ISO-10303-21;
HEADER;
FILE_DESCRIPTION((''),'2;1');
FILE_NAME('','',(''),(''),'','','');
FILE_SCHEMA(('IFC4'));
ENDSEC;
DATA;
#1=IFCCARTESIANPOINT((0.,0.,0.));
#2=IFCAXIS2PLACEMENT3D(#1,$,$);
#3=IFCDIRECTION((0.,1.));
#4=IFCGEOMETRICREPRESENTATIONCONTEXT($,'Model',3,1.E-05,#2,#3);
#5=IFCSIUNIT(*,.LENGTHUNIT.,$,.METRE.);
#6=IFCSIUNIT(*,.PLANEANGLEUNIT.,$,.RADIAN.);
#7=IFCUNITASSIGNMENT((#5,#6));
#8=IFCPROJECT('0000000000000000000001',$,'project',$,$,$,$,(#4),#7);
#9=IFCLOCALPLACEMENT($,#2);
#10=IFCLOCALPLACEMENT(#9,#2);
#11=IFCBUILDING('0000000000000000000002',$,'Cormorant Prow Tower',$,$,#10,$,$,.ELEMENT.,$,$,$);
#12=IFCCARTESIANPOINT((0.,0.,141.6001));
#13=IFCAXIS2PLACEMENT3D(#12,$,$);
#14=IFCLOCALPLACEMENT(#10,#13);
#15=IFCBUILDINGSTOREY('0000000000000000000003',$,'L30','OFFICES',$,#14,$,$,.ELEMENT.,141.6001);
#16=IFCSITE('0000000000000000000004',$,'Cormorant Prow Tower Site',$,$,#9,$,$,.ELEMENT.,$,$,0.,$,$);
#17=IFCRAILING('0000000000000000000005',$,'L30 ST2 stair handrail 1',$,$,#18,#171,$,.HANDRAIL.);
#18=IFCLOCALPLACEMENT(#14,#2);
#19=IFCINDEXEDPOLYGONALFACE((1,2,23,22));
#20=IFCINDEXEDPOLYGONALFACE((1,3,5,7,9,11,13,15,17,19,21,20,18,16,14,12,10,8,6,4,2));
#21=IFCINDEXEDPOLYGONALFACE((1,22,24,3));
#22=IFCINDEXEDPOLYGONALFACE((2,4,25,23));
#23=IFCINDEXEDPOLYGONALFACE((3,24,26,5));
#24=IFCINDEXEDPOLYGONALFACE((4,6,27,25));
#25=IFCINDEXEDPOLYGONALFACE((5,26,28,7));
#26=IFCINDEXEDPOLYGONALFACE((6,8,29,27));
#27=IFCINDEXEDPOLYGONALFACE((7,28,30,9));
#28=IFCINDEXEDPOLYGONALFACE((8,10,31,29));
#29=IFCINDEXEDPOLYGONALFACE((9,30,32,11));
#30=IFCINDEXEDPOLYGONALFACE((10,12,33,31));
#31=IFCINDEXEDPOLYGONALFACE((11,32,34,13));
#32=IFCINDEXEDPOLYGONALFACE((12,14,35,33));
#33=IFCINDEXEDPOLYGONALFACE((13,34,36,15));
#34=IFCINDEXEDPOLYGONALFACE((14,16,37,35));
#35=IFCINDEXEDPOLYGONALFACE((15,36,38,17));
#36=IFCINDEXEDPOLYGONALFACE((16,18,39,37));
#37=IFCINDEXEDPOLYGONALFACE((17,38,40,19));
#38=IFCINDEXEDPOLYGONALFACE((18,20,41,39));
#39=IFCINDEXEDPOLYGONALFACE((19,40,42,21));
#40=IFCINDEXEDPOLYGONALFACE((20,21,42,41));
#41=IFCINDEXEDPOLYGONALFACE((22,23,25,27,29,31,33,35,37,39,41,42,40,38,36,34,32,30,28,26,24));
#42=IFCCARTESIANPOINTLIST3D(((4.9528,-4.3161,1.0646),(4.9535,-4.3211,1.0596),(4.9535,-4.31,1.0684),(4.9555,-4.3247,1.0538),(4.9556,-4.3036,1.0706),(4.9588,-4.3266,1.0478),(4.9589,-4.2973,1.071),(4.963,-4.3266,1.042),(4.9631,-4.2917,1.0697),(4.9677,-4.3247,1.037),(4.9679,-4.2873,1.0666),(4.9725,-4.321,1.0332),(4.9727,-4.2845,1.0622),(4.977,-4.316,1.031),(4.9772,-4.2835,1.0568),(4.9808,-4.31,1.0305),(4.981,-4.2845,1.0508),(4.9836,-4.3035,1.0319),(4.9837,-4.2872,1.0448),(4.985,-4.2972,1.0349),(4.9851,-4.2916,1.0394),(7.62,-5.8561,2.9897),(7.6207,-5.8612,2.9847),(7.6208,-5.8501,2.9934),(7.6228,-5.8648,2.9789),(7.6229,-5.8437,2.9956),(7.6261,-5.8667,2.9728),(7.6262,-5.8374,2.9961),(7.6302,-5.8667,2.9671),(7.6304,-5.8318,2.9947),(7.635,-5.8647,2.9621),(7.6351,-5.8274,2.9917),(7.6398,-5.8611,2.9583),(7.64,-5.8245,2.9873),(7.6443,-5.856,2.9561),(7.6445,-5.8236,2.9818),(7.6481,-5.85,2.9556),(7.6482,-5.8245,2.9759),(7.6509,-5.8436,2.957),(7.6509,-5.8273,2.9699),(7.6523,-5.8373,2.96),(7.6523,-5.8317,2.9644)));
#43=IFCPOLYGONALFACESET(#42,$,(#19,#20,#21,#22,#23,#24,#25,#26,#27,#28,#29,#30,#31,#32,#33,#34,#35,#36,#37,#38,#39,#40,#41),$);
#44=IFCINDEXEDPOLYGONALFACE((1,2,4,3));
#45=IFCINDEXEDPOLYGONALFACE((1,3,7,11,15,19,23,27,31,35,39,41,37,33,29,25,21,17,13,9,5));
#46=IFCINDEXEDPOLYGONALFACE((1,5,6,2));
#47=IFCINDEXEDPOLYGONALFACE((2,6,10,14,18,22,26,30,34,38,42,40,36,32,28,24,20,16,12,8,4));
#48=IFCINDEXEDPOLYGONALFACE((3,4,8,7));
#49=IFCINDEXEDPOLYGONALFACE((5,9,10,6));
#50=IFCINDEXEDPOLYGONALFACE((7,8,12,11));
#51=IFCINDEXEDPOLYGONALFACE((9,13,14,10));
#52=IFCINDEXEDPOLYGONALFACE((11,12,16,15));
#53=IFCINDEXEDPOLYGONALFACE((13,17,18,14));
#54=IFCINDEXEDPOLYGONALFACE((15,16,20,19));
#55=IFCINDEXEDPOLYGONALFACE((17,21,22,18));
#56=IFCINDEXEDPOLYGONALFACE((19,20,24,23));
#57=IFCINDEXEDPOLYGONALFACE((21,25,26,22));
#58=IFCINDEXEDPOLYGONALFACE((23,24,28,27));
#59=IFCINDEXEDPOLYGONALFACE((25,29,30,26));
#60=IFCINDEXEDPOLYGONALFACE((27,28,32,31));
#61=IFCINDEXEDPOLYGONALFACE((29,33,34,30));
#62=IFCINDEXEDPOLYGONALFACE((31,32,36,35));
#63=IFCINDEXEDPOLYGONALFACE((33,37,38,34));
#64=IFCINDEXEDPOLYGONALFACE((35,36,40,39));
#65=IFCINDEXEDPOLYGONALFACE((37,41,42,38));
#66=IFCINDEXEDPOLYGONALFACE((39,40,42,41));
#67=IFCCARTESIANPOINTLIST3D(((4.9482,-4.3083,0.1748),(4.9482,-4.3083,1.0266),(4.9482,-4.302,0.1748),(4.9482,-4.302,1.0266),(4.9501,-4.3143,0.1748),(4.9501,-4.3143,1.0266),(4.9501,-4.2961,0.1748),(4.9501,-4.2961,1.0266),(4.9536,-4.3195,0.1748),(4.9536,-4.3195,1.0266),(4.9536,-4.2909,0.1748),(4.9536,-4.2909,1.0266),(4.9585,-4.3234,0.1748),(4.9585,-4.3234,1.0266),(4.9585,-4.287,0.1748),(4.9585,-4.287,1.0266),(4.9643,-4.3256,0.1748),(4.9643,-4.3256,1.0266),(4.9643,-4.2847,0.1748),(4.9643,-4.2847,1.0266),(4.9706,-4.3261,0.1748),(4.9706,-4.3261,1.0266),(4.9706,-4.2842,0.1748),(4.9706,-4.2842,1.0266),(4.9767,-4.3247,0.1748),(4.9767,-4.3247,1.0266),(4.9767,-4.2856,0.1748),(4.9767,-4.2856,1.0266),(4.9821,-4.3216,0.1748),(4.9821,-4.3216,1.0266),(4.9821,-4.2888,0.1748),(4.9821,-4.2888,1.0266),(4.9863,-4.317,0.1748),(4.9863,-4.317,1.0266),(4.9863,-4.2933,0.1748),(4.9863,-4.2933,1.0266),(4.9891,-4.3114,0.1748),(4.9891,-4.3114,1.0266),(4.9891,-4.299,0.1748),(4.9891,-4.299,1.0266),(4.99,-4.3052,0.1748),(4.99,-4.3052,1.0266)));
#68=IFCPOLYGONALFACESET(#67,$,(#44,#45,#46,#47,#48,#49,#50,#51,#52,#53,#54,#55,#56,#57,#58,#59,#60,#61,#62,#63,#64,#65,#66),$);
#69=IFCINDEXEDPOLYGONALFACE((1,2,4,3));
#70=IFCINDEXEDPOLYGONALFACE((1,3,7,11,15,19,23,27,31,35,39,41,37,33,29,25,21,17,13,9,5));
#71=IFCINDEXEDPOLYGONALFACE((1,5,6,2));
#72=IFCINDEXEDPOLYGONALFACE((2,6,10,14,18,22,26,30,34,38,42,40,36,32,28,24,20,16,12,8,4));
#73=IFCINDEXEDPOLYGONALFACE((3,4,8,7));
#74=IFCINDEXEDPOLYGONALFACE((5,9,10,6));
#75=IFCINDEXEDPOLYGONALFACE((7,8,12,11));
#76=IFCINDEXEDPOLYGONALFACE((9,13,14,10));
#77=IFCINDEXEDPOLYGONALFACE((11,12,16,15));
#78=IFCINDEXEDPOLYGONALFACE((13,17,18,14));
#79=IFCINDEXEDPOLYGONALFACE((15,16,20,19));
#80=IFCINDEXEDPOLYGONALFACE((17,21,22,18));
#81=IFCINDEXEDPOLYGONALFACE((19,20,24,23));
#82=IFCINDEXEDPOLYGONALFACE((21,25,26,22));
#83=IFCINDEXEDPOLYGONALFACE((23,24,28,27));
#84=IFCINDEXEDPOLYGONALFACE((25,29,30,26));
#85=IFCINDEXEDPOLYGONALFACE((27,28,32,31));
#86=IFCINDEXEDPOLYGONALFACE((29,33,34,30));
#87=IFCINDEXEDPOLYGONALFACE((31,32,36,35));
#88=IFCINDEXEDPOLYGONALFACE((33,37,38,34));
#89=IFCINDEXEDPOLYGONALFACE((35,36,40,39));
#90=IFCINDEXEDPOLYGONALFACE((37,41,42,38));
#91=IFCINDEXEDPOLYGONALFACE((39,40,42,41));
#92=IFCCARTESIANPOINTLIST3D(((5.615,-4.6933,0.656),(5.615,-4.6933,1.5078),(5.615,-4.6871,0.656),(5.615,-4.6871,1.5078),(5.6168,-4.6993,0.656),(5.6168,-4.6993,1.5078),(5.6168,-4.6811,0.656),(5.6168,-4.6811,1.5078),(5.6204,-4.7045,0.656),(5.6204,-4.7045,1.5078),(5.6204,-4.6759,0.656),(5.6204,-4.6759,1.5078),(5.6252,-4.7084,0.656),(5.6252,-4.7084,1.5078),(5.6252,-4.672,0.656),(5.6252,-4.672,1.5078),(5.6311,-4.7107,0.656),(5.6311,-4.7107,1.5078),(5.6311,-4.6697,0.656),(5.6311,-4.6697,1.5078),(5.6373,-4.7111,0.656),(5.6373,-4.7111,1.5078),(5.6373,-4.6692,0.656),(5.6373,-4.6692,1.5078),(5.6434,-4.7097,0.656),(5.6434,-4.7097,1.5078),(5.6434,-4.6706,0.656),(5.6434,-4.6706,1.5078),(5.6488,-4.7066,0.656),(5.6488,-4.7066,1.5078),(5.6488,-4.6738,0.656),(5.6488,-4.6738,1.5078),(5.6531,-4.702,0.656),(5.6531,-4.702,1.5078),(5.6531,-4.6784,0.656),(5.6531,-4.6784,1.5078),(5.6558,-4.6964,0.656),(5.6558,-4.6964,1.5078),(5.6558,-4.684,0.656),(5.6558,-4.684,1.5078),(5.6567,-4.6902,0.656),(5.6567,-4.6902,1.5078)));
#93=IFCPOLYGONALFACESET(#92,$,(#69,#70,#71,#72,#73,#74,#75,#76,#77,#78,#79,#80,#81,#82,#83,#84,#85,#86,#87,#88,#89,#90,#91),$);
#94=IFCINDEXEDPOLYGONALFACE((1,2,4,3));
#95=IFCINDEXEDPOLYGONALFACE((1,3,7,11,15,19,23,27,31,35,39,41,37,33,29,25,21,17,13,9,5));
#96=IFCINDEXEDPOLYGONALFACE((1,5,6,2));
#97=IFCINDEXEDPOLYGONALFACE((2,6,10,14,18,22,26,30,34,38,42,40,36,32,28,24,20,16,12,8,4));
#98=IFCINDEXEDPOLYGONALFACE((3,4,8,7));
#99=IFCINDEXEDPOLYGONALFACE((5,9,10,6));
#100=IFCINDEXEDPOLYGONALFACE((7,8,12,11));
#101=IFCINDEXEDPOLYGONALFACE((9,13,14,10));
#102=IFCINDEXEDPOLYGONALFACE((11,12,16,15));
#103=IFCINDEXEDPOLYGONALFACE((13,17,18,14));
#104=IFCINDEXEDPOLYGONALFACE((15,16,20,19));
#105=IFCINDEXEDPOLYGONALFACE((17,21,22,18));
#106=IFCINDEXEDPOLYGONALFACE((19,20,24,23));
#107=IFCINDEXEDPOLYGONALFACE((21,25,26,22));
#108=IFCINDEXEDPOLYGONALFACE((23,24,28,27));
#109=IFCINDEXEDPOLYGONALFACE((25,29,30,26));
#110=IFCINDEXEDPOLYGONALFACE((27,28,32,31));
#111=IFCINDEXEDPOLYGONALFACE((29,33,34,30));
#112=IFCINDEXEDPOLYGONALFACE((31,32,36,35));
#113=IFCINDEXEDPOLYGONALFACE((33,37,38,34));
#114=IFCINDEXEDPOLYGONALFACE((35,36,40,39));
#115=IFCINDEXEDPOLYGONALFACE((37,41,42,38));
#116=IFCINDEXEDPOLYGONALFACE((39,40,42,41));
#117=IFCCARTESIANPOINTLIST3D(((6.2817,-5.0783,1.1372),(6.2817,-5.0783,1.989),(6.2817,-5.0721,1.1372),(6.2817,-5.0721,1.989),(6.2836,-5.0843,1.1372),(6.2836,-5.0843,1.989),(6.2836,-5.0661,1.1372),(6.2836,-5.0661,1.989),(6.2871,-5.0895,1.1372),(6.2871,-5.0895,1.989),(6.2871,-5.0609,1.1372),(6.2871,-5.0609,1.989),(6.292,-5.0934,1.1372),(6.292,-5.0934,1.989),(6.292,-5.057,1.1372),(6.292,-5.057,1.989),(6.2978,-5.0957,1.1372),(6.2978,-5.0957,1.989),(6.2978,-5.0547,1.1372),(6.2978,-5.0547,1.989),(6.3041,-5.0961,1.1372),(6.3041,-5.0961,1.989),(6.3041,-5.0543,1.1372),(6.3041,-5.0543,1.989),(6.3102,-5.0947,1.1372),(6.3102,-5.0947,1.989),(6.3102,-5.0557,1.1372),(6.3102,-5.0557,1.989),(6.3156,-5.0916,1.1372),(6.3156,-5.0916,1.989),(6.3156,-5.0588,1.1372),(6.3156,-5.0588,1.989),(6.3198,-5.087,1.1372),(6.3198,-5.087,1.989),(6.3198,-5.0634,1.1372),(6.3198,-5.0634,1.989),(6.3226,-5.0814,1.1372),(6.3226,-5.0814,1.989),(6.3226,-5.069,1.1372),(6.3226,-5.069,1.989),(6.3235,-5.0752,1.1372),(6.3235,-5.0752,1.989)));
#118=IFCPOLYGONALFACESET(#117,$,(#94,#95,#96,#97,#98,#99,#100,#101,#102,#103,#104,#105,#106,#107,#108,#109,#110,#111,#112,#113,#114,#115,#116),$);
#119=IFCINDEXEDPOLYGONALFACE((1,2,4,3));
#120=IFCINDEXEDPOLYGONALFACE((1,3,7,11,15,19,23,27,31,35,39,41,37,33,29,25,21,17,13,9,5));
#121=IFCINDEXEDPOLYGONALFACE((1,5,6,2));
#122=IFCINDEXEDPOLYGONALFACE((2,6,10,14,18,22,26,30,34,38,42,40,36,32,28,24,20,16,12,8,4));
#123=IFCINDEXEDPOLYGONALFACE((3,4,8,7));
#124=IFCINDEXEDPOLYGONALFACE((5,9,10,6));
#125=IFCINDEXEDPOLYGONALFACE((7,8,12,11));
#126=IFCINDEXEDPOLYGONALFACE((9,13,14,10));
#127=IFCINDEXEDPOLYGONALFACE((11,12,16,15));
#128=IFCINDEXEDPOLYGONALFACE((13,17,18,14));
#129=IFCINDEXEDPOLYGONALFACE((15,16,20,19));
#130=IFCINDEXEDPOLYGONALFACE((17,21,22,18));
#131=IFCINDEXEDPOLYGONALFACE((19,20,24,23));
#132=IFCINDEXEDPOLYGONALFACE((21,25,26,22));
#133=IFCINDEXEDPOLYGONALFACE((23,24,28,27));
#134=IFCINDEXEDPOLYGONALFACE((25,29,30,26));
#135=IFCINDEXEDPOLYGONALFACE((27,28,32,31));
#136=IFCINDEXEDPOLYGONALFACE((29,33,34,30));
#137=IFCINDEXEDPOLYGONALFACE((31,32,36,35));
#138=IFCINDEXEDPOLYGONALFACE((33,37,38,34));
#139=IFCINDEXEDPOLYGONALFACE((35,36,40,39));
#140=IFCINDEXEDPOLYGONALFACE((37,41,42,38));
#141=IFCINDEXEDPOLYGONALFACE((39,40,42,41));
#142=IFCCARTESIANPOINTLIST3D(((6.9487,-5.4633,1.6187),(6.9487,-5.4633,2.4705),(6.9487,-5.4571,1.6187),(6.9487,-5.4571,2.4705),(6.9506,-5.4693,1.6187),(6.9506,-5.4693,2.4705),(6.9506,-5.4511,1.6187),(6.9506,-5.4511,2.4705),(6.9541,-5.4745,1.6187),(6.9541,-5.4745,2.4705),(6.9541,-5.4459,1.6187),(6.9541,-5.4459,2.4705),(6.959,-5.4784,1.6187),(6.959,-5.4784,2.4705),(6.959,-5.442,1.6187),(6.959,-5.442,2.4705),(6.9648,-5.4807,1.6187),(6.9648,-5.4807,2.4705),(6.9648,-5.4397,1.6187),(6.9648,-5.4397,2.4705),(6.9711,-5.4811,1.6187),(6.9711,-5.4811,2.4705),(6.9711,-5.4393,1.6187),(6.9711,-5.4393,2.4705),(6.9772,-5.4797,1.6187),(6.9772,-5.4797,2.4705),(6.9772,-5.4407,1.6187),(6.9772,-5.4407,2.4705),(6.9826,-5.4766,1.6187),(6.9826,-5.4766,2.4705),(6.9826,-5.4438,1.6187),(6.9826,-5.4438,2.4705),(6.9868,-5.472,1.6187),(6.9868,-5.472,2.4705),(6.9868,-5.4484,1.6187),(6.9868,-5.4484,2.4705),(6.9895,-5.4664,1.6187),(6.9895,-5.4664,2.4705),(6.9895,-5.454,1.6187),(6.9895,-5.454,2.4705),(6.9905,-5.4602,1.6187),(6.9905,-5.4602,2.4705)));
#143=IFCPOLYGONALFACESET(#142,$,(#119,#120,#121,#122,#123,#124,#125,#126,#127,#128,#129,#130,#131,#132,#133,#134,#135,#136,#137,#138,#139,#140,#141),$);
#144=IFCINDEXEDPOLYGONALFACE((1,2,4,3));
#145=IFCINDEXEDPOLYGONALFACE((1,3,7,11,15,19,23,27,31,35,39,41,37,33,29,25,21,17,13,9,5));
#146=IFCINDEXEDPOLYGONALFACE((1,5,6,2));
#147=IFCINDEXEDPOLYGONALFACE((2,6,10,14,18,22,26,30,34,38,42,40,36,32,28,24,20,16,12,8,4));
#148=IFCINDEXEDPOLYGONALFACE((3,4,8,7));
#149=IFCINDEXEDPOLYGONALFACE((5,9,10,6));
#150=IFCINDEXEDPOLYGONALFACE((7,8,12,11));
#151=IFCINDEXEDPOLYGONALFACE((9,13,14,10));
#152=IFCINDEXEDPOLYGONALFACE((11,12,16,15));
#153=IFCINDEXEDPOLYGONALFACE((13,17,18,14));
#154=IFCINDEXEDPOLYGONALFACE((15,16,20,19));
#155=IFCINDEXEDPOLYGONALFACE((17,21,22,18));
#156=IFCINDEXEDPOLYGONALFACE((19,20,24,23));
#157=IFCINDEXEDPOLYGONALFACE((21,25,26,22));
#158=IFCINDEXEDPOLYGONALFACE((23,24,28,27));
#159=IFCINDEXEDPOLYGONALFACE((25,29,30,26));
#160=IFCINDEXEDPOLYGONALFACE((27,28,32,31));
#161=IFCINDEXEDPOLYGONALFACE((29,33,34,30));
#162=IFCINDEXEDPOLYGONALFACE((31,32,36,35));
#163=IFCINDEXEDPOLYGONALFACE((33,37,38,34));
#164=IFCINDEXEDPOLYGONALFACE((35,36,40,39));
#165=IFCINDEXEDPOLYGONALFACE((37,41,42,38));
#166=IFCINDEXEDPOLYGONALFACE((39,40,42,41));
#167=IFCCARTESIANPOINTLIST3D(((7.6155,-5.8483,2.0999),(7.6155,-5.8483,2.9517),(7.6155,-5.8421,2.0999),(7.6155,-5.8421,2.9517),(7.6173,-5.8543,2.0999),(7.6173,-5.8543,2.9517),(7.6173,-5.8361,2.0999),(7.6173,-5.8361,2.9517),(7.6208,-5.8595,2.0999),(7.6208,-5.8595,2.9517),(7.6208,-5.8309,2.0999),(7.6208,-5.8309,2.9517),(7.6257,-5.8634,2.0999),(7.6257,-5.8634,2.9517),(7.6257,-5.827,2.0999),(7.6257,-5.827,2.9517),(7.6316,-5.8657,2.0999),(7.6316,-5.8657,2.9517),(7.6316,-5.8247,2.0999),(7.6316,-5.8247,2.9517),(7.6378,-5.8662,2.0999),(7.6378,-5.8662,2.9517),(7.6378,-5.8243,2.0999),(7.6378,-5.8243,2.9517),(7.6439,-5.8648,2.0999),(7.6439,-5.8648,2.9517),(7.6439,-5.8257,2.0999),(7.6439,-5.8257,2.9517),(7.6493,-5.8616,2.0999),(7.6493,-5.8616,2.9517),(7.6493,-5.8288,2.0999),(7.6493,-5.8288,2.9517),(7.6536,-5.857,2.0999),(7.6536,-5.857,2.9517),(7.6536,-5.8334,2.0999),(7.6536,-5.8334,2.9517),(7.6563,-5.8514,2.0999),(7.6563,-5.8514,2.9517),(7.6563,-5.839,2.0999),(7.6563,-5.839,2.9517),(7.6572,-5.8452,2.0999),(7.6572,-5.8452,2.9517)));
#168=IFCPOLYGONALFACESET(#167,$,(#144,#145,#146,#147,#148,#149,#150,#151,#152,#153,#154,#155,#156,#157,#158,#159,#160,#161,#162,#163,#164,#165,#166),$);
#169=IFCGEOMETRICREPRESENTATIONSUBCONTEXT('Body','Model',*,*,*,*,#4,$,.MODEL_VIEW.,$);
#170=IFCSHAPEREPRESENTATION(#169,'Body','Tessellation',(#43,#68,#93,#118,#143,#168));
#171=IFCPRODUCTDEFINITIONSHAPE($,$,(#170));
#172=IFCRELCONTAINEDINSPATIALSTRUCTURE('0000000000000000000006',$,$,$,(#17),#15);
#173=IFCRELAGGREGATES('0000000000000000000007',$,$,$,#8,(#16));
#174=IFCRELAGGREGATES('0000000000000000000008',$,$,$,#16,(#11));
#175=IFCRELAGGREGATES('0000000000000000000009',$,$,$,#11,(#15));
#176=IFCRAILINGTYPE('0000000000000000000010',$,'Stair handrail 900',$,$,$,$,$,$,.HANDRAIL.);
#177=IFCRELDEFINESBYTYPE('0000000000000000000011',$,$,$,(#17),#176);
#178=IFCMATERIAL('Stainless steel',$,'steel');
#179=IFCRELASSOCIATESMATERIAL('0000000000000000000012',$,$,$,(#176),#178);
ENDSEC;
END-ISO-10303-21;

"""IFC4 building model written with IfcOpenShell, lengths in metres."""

from ifc_helpers import new_model, si_unit, direction, frame, origin, origin_2d, place, context, subcontext, project, spatial, circle, extrude, material, type_object, element, save


model = new_model("IFC4")

# Units and contexts
model_context = context("Model", 3, precision=1e-05, world=origin(), true_north=direction((0.0, 1.0)))
body_context = subcontext(model_context, "Body", "Model", "MODEL_VIEW")
ifc_project = project(units=[si_unit("LENGTHUNIT", "METRE"), si_unit("PLANEANGLEUNIT", "RADIAN")], contexts=[model_context])

# Site, building, storey
site_placement = place(None, origin())
site = spatial("IfcSite", under=ifc_project, at=site_placement, Name="Cormorant Prow Tower Site", CompositionType="ELEMENT", RefElevation=0.0)
building_placement = place(site_placement, origin())
building = spatial("IfcBuilding", under=site, at=building_placement, Name="Cormorant Prow Tower", CompositionType="ELEMENT")
storey_placement = place(building_placement, frame((0.0, 0.0, 141.6001)))
storey = spatial("IfcBuildingStorey", under=building, at=storey_placement, Name="L30", Description="OFFICES", CompositionType="ELEMENT", Elevation=141.6001)

# Railing
ifc_material_1 = material(Name="Stainless steel", Category="steel")
railing_type_1 = type_object("IfcRailingType", Name="Stair handrail 900", PredefinedType="HANDRAIL", material=ifc_material_1)
railing_1_placement = place(storey_placement, frame((4.969, -4.3052, 0.1748)))
element("IfcRailing", 1, at=railing_1_placement, inside=storey, type_object=railing_type_1, Name="L30 ST2 stair handrail 1", PredefinedType="HANDRAIL", context=body_context, shape_type="SweptSolid", body=[
    extrude(circle(Radius=0.0239, at=origin_2d()), frame((0.0, 0.0, 0.876), z_axis=(0.734364, -0.424015, 0.530019), x_axis=(0.500027, 0.86601, 0.0)), (0.0, 0.0, 1.0), 3.6321),
    extrude(circle(Radius=0.021, at=origin_2d()), origin(), (0.0, 0.0, 1.0), 0.8518),
    extrude(circle(Radius=0.021, at=origin_2d()), frame((0.6667, -0.385, 0.4812)), (0.0, 0.0, 1.0), 0.8518),
    extrude(circle(Radius=0.021, at=origin_2d()), frame((1.3335, -0.77, 0.9624)), (0.0, 0.0, 1.0), 0.8518),
    extrude(circle(Radius=0.021, at=origin_2d()), frame((2.0005, -1.155, 1.4438)), (0.0, 0.0, 1.0), 0.8518),
    extrude(circle(Radius=0.021, at=origin_2d()), frame((2.6672, -1.54, 1.925)), (0.0, 0.0, 1.0), 0.8518),
])

save(model, "model.ifc")
